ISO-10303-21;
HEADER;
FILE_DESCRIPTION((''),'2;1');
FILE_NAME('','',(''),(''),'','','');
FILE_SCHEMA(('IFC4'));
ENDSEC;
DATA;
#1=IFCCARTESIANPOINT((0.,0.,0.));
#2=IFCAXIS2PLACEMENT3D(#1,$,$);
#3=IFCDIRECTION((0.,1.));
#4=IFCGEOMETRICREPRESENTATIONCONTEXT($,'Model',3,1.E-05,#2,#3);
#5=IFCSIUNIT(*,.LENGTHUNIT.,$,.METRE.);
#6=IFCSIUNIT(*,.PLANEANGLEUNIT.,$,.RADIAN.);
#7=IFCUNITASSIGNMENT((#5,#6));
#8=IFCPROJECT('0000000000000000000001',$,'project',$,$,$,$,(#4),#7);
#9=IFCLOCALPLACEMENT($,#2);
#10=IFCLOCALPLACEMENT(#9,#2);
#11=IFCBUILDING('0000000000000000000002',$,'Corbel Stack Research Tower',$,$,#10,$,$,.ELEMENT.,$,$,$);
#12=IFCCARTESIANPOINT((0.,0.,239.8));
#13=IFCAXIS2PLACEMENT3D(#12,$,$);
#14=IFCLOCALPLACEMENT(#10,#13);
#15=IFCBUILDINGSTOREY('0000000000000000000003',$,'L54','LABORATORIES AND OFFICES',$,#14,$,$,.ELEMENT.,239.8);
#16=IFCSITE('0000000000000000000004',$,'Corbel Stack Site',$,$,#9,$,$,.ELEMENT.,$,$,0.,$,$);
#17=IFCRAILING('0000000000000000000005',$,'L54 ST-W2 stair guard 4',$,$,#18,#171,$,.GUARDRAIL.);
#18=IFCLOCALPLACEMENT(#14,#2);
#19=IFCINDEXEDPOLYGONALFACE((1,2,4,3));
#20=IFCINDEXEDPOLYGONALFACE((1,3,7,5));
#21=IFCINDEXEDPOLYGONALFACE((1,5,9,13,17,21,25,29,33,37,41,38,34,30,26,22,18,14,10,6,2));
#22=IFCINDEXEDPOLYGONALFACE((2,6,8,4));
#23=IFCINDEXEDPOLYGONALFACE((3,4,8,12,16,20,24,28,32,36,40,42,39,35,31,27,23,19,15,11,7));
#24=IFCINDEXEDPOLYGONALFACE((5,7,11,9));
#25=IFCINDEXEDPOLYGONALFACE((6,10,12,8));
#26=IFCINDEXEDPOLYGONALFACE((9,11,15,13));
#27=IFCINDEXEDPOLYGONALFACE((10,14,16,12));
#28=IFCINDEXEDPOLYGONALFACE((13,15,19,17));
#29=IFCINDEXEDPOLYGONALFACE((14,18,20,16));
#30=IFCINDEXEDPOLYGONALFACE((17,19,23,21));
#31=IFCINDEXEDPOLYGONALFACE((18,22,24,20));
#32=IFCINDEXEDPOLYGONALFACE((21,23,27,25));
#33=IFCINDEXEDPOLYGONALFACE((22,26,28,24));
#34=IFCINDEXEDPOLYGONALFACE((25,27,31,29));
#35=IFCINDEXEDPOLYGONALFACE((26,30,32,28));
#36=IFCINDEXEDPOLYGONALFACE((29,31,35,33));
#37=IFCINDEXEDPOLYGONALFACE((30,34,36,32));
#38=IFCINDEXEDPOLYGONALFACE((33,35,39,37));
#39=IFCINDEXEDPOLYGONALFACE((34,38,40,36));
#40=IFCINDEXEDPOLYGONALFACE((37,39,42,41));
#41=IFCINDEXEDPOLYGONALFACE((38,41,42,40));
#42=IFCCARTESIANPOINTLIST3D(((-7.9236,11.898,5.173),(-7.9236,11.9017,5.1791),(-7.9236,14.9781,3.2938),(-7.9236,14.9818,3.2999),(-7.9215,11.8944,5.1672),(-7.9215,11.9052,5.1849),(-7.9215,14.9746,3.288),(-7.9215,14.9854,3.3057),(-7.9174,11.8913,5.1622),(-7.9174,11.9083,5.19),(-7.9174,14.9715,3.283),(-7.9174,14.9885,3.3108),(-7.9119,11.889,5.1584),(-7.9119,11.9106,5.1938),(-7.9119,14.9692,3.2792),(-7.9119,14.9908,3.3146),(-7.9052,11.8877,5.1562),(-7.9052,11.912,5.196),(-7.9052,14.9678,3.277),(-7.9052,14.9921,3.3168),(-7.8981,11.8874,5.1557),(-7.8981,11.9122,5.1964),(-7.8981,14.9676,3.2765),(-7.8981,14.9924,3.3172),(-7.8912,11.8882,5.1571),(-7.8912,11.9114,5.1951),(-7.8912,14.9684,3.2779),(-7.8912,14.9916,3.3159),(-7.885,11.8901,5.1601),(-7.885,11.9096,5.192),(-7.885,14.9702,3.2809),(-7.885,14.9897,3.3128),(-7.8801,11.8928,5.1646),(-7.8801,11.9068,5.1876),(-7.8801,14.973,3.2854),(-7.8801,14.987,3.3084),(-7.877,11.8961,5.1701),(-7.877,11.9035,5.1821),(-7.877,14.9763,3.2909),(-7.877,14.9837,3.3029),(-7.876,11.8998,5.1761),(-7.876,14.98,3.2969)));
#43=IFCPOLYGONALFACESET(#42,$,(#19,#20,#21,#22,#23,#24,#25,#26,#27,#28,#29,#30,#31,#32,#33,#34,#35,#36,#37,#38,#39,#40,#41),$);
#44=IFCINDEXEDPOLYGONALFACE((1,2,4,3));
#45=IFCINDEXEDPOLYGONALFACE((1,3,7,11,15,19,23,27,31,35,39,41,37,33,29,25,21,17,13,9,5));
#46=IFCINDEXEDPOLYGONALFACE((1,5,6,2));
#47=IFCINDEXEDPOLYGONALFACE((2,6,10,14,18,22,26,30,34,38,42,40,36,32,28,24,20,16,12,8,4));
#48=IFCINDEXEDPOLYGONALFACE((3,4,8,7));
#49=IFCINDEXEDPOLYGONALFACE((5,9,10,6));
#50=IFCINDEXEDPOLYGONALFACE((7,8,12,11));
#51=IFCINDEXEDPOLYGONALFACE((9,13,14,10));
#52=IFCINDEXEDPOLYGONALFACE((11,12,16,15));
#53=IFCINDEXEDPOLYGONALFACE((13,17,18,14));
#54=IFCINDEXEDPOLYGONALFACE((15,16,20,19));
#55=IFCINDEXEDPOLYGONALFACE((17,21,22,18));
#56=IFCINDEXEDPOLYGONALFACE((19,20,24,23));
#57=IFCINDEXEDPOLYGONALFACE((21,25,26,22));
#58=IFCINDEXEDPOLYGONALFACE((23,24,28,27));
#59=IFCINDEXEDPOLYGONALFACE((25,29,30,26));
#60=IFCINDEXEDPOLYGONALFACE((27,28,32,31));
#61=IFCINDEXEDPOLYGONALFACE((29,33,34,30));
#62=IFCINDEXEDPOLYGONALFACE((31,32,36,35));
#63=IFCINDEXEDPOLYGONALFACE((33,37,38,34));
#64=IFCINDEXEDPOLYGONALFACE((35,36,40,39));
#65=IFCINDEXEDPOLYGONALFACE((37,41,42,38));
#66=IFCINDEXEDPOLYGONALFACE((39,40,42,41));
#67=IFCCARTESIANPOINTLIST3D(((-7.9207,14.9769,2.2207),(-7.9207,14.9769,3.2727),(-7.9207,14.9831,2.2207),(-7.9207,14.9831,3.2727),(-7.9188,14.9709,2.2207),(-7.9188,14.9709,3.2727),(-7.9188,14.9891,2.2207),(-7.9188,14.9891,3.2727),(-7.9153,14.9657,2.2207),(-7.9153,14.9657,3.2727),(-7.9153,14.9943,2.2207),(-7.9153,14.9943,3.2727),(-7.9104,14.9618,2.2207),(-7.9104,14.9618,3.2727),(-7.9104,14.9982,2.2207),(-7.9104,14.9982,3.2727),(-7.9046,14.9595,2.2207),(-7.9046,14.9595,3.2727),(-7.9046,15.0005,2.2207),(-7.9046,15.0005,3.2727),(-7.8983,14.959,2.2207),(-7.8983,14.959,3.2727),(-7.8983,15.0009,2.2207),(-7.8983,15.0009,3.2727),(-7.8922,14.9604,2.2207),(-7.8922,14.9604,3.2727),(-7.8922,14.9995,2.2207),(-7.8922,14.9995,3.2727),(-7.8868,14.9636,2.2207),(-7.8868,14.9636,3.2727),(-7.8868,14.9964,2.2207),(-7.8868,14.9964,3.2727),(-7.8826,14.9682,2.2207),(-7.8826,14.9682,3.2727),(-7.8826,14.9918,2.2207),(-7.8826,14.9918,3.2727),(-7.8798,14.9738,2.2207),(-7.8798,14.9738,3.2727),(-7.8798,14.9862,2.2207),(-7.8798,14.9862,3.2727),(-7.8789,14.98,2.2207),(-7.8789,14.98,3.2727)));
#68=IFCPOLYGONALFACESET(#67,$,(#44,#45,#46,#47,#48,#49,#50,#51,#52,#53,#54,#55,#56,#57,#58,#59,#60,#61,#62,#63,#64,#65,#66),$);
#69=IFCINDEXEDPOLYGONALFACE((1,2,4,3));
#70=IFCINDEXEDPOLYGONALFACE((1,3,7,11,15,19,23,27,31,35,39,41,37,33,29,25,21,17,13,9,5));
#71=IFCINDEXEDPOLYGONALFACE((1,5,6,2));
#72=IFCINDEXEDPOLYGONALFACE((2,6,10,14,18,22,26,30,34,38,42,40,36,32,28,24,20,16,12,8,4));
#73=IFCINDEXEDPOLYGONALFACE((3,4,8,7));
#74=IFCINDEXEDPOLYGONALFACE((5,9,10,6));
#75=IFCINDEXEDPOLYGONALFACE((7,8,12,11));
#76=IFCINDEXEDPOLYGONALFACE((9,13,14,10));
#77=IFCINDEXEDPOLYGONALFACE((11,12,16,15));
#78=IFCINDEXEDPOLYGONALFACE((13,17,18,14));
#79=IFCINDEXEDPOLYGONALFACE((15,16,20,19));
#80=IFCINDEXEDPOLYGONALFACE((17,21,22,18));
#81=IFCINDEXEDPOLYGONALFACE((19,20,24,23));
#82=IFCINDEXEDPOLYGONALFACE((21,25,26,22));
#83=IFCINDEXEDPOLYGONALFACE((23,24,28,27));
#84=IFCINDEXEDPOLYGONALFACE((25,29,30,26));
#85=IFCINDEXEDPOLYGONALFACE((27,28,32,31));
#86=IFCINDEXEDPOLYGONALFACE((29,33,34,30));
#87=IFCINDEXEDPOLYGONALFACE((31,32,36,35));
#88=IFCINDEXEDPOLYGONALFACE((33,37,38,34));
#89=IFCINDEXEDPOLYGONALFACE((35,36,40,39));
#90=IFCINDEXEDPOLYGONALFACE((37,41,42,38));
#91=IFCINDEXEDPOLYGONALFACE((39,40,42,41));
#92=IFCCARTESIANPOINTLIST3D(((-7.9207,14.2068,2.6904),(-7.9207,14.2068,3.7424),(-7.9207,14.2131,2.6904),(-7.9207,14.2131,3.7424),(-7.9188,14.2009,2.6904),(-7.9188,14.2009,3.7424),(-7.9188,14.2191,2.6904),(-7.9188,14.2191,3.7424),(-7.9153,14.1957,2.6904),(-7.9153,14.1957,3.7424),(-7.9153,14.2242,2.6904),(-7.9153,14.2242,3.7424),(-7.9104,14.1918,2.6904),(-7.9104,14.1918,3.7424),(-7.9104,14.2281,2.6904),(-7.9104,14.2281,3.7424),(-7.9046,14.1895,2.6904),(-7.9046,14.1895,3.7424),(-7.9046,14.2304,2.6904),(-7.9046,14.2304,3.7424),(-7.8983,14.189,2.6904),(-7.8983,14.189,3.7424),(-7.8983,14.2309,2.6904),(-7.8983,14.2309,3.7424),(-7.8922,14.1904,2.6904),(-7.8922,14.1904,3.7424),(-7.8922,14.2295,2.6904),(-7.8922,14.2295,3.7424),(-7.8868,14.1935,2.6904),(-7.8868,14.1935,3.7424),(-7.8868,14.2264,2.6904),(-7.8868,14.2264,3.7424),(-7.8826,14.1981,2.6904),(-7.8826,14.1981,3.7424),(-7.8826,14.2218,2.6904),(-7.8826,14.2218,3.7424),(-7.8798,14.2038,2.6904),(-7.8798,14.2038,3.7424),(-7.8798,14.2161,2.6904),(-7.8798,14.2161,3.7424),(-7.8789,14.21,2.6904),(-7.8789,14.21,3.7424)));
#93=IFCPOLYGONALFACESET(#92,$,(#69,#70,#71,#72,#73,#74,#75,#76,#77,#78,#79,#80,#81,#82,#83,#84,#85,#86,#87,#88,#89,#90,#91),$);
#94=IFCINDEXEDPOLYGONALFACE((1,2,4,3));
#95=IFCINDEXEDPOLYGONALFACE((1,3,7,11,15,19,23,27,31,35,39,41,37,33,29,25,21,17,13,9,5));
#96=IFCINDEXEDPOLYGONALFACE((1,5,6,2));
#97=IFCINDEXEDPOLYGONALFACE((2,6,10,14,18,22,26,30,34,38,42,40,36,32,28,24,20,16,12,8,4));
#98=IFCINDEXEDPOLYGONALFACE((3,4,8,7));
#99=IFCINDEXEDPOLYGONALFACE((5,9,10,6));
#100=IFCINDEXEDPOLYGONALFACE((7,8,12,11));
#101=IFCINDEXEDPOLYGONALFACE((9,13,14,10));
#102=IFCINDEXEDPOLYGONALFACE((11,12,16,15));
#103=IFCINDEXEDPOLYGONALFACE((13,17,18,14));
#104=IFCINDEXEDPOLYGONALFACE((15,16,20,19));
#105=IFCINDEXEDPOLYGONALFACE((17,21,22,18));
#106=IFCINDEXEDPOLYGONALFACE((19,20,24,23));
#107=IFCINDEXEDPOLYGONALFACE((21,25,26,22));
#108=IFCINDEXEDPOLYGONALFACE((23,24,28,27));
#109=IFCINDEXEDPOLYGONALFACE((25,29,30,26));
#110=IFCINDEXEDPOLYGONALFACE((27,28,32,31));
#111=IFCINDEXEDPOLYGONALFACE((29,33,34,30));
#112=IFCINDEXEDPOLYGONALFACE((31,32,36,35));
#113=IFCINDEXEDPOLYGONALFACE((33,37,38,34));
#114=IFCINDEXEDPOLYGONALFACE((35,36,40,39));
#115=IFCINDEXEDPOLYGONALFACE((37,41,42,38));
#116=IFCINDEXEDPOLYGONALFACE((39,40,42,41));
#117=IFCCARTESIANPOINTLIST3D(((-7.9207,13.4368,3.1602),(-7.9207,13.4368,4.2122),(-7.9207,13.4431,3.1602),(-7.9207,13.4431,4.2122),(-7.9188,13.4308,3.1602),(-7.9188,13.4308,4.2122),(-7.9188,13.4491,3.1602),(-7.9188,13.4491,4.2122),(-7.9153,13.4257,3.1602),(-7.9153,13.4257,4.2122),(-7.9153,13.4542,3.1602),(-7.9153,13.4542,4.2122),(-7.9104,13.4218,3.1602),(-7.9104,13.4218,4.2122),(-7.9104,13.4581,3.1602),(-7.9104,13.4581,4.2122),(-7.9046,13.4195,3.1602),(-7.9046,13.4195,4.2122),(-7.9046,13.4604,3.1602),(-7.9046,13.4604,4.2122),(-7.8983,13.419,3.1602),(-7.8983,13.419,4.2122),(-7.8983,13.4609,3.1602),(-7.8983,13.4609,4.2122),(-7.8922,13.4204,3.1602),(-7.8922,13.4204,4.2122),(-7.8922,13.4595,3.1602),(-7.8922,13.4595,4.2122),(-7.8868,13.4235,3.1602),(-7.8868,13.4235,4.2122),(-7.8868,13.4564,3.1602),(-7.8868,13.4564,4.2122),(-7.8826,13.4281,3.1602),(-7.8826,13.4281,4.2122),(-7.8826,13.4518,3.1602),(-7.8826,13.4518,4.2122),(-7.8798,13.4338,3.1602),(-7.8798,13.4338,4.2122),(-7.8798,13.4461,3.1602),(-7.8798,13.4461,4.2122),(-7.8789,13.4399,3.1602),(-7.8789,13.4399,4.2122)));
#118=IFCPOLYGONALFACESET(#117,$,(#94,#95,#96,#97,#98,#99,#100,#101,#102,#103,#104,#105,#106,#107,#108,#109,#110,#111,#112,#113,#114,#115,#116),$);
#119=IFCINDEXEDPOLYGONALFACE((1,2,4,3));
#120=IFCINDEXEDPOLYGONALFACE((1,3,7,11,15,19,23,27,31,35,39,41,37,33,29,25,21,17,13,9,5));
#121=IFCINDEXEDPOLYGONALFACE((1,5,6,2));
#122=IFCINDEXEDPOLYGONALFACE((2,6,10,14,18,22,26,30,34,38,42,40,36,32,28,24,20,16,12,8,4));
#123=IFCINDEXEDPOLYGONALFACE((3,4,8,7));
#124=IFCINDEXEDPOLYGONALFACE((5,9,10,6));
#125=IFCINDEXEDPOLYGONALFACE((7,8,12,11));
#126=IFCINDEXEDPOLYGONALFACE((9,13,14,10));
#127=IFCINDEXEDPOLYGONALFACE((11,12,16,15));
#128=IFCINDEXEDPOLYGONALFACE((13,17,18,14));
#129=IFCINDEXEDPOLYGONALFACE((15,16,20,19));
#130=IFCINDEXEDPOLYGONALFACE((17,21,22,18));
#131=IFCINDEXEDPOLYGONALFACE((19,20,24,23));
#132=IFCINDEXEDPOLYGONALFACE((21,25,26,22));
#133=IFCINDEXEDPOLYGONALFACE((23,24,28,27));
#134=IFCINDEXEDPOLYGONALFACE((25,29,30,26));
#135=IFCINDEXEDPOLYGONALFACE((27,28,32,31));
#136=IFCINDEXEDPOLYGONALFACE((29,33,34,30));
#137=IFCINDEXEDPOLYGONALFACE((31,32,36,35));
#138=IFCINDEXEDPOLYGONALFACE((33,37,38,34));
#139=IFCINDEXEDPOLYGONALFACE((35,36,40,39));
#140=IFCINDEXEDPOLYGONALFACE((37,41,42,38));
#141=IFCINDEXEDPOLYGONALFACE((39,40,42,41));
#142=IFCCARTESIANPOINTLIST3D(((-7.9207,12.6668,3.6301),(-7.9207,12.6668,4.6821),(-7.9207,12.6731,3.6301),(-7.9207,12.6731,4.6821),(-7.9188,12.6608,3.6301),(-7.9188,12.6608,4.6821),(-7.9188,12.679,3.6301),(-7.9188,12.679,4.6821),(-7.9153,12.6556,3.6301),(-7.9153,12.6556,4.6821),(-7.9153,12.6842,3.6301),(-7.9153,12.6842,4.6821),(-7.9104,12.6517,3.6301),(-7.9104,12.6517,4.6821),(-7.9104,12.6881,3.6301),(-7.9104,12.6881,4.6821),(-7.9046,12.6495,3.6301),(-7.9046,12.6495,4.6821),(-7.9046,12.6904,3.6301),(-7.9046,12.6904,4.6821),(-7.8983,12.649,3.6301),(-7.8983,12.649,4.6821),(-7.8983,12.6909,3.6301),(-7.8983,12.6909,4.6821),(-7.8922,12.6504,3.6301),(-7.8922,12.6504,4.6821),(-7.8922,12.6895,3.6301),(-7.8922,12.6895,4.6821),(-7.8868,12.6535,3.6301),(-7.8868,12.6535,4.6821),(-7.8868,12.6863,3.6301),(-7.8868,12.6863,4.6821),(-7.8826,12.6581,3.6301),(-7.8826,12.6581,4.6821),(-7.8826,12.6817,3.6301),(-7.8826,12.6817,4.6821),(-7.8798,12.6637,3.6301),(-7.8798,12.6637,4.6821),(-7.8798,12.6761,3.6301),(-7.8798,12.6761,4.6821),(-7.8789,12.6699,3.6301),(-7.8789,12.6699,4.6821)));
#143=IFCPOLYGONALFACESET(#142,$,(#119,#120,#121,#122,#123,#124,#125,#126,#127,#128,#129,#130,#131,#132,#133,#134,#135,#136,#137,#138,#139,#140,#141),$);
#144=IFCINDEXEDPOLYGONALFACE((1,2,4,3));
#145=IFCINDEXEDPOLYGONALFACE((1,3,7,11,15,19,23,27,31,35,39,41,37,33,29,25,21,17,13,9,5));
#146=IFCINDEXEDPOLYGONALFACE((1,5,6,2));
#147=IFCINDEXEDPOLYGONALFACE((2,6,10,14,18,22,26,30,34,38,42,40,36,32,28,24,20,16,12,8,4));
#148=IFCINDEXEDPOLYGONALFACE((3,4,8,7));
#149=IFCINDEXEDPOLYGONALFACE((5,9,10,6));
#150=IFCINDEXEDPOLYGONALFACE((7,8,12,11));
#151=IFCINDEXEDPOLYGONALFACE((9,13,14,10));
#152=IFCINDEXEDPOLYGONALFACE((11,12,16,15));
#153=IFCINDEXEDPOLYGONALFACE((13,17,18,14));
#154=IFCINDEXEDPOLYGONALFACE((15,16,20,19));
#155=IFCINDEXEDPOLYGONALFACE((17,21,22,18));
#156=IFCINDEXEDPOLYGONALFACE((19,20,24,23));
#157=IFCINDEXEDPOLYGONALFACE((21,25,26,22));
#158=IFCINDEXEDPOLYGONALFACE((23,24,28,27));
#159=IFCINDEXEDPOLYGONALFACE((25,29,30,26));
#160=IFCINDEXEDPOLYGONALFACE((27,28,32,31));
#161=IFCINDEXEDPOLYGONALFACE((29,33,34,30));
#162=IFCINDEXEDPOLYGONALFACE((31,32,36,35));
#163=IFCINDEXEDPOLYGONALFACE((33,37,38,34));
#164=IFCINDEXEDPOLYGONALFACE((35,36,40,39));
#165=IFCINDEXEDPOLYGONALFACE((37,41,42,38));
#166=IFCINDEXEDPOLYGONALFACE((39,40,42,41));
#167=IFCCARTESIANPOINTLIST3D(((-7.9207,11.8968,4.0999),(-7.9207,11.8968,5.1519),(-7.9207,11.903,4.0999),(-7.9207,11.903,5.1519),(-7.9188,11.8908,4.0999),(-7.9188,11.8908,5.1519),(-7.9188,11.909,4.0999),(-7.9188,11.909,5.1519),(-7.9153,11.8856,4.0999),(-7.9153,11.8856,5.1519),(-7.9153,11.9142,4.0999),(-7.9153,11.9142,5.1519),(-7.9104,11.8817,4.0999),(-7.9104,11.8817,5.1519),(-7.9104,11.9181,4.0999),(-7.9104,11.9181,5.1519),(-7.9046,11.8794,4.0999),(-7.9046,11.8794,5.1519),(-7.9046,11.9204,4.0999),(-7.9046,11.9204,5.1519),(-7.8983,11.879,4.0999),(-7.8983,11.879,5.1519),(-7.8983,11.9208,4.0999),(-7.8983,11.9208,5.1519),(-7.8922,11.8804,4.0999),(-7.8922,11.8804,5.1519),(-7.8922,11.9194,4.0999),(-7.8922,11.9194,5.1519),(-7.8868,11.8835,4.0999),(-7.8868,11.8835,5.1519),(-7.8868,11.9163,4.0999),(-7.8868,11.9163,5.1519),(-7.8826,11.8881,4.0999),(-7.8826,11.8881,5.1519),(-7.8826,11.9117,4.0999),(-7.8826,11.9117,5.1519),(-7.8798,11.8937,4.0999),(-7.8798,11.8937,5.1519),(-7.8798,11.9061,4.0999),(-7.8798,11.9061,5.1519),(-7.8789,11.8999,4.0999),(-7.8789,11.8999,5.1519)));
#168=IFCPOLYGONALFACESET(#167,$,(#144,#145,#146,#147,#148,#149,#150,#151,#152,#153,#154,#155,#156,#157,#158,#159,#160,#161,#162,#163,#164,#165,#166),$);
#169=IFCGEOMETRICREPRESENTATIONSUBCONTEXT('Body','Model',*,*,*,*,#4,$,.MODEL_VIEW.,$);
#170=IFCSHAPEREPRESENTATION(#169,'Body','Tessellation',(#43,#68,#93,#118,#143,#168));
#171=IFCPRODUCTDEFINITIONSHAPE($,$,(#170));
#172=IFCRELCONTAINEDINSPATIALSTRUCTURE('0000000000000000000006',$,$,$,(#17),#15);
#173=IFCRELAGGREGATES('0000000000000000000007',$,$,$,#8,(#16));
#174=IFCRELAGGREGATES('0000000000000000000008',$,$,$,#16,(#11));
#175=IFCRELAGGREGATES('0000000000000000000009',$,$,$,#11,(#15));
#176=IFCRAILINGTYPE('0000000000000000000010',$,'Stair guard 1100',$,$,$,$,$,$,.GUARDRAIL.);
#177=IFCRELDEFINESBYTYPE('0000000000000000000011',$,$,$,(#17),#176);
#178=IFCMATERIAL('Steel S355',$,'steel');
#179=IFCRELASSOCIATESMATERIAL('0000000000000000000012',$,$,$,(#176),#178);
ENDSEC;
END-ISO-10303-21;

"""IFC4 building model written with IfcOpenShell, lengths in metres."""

from ifc_helpers import new_model, si_unit, direction, frame, origin, origin_2d, place, context, subcontext, project, spatial, circle, extrude, material, type_object, element, save


model = new_model("IFC4")

# Units and contexts
model_context = context("Model", 3, precision=1e-05, world=origin(), true_north=direction((0.0, 1.0)))
body_context = subcontext(model_context, "Body", "Model", "MODEL_VIEW")
ifc_project = project(units=[si_unit("LENGTHUNIT", "METRE"), si_unit("PLANEANGLEUNIT", "RADIAN")], contexts=[model_context])

# Site, building, storey
site_placement = place(None, origin())
site = spatial("IfcSite", under=ifc_project, at=site_placement, Name="Corbel Stack Site", CompositionType="ELEMENT", RefElevation=0.0)
building_placement = place(site_placement, origin())
building = spatial("IfcBuilding", under=site, at=building_placement, Name="Corbel Stack Research Tower", CompositionType="ELEMENT")
storey_placement = place(building_placement, frame((0.0, 0.0, 239.8)))
storey = spatial("IfcBuildingStorey", under=building, at=storey_placement, Name="L54", Description="LABORATORIES AND OFFICES", CompositionType="ELEMENT", Elevation=239.8)

# Railing
ifc_material_1 = material(Name="Steel S355", Category="steel")
railing_type_1 = type_object("IfcRailingType", Name="Stair guard 1100", PredefinedType="GUARDRAIL", material=ifc_material_1)
railing_1_placement = place(storey_placement, frame((-7.8999, 14.98, 2.2207)))
element("IfcRailing", 1, at=railing_1_placement, inside=storey, type_object=railing_type_1, Name="L54 ST-W2 stair guard 4", PredefinedType="GUARDRAIL", context=body_context, shape_type="SweptSolid", body=[
    extrude(circle(Radius=0.0239, at=origin_2d()), frame((0.0, 0.0, 1.0762), z_axis=(0.0, -0.853666, 0.52082), x_axis=(1.0, 0.0, 0.0)), (0.0, 0.0, 1.0), 3.6082),
    extrude(circle(Radius=0.021, at=origin_2d()), origin(), (0.0, 0.0, 1.0), 1.052),
    extrude(circle(Radius=0.021, at=origin_2d()), frame((0.0, -0.77, 0.4697)), (0.0, 0.0, 1.0), 1.052),
    extrude(circle(Radius=0.021, at=origin_2d()), frame((0.0, -1.54, 0.9395)), (0.0, 0.0, 1.0), 1.052),
    extrude(circle(Radius=0.021, at=origin_2d()), frame((0.0, -2.3101, 1.4094)), (0.0, 0.0, 1.0), 1.052),
    extrude(circle(Radius=0.021, at=origin_2d()), frame((0.0, -3.0801, 1.8792)), (0.0, 0.0, 1.0), 1.052),
])

save(model, "model.ifc")
